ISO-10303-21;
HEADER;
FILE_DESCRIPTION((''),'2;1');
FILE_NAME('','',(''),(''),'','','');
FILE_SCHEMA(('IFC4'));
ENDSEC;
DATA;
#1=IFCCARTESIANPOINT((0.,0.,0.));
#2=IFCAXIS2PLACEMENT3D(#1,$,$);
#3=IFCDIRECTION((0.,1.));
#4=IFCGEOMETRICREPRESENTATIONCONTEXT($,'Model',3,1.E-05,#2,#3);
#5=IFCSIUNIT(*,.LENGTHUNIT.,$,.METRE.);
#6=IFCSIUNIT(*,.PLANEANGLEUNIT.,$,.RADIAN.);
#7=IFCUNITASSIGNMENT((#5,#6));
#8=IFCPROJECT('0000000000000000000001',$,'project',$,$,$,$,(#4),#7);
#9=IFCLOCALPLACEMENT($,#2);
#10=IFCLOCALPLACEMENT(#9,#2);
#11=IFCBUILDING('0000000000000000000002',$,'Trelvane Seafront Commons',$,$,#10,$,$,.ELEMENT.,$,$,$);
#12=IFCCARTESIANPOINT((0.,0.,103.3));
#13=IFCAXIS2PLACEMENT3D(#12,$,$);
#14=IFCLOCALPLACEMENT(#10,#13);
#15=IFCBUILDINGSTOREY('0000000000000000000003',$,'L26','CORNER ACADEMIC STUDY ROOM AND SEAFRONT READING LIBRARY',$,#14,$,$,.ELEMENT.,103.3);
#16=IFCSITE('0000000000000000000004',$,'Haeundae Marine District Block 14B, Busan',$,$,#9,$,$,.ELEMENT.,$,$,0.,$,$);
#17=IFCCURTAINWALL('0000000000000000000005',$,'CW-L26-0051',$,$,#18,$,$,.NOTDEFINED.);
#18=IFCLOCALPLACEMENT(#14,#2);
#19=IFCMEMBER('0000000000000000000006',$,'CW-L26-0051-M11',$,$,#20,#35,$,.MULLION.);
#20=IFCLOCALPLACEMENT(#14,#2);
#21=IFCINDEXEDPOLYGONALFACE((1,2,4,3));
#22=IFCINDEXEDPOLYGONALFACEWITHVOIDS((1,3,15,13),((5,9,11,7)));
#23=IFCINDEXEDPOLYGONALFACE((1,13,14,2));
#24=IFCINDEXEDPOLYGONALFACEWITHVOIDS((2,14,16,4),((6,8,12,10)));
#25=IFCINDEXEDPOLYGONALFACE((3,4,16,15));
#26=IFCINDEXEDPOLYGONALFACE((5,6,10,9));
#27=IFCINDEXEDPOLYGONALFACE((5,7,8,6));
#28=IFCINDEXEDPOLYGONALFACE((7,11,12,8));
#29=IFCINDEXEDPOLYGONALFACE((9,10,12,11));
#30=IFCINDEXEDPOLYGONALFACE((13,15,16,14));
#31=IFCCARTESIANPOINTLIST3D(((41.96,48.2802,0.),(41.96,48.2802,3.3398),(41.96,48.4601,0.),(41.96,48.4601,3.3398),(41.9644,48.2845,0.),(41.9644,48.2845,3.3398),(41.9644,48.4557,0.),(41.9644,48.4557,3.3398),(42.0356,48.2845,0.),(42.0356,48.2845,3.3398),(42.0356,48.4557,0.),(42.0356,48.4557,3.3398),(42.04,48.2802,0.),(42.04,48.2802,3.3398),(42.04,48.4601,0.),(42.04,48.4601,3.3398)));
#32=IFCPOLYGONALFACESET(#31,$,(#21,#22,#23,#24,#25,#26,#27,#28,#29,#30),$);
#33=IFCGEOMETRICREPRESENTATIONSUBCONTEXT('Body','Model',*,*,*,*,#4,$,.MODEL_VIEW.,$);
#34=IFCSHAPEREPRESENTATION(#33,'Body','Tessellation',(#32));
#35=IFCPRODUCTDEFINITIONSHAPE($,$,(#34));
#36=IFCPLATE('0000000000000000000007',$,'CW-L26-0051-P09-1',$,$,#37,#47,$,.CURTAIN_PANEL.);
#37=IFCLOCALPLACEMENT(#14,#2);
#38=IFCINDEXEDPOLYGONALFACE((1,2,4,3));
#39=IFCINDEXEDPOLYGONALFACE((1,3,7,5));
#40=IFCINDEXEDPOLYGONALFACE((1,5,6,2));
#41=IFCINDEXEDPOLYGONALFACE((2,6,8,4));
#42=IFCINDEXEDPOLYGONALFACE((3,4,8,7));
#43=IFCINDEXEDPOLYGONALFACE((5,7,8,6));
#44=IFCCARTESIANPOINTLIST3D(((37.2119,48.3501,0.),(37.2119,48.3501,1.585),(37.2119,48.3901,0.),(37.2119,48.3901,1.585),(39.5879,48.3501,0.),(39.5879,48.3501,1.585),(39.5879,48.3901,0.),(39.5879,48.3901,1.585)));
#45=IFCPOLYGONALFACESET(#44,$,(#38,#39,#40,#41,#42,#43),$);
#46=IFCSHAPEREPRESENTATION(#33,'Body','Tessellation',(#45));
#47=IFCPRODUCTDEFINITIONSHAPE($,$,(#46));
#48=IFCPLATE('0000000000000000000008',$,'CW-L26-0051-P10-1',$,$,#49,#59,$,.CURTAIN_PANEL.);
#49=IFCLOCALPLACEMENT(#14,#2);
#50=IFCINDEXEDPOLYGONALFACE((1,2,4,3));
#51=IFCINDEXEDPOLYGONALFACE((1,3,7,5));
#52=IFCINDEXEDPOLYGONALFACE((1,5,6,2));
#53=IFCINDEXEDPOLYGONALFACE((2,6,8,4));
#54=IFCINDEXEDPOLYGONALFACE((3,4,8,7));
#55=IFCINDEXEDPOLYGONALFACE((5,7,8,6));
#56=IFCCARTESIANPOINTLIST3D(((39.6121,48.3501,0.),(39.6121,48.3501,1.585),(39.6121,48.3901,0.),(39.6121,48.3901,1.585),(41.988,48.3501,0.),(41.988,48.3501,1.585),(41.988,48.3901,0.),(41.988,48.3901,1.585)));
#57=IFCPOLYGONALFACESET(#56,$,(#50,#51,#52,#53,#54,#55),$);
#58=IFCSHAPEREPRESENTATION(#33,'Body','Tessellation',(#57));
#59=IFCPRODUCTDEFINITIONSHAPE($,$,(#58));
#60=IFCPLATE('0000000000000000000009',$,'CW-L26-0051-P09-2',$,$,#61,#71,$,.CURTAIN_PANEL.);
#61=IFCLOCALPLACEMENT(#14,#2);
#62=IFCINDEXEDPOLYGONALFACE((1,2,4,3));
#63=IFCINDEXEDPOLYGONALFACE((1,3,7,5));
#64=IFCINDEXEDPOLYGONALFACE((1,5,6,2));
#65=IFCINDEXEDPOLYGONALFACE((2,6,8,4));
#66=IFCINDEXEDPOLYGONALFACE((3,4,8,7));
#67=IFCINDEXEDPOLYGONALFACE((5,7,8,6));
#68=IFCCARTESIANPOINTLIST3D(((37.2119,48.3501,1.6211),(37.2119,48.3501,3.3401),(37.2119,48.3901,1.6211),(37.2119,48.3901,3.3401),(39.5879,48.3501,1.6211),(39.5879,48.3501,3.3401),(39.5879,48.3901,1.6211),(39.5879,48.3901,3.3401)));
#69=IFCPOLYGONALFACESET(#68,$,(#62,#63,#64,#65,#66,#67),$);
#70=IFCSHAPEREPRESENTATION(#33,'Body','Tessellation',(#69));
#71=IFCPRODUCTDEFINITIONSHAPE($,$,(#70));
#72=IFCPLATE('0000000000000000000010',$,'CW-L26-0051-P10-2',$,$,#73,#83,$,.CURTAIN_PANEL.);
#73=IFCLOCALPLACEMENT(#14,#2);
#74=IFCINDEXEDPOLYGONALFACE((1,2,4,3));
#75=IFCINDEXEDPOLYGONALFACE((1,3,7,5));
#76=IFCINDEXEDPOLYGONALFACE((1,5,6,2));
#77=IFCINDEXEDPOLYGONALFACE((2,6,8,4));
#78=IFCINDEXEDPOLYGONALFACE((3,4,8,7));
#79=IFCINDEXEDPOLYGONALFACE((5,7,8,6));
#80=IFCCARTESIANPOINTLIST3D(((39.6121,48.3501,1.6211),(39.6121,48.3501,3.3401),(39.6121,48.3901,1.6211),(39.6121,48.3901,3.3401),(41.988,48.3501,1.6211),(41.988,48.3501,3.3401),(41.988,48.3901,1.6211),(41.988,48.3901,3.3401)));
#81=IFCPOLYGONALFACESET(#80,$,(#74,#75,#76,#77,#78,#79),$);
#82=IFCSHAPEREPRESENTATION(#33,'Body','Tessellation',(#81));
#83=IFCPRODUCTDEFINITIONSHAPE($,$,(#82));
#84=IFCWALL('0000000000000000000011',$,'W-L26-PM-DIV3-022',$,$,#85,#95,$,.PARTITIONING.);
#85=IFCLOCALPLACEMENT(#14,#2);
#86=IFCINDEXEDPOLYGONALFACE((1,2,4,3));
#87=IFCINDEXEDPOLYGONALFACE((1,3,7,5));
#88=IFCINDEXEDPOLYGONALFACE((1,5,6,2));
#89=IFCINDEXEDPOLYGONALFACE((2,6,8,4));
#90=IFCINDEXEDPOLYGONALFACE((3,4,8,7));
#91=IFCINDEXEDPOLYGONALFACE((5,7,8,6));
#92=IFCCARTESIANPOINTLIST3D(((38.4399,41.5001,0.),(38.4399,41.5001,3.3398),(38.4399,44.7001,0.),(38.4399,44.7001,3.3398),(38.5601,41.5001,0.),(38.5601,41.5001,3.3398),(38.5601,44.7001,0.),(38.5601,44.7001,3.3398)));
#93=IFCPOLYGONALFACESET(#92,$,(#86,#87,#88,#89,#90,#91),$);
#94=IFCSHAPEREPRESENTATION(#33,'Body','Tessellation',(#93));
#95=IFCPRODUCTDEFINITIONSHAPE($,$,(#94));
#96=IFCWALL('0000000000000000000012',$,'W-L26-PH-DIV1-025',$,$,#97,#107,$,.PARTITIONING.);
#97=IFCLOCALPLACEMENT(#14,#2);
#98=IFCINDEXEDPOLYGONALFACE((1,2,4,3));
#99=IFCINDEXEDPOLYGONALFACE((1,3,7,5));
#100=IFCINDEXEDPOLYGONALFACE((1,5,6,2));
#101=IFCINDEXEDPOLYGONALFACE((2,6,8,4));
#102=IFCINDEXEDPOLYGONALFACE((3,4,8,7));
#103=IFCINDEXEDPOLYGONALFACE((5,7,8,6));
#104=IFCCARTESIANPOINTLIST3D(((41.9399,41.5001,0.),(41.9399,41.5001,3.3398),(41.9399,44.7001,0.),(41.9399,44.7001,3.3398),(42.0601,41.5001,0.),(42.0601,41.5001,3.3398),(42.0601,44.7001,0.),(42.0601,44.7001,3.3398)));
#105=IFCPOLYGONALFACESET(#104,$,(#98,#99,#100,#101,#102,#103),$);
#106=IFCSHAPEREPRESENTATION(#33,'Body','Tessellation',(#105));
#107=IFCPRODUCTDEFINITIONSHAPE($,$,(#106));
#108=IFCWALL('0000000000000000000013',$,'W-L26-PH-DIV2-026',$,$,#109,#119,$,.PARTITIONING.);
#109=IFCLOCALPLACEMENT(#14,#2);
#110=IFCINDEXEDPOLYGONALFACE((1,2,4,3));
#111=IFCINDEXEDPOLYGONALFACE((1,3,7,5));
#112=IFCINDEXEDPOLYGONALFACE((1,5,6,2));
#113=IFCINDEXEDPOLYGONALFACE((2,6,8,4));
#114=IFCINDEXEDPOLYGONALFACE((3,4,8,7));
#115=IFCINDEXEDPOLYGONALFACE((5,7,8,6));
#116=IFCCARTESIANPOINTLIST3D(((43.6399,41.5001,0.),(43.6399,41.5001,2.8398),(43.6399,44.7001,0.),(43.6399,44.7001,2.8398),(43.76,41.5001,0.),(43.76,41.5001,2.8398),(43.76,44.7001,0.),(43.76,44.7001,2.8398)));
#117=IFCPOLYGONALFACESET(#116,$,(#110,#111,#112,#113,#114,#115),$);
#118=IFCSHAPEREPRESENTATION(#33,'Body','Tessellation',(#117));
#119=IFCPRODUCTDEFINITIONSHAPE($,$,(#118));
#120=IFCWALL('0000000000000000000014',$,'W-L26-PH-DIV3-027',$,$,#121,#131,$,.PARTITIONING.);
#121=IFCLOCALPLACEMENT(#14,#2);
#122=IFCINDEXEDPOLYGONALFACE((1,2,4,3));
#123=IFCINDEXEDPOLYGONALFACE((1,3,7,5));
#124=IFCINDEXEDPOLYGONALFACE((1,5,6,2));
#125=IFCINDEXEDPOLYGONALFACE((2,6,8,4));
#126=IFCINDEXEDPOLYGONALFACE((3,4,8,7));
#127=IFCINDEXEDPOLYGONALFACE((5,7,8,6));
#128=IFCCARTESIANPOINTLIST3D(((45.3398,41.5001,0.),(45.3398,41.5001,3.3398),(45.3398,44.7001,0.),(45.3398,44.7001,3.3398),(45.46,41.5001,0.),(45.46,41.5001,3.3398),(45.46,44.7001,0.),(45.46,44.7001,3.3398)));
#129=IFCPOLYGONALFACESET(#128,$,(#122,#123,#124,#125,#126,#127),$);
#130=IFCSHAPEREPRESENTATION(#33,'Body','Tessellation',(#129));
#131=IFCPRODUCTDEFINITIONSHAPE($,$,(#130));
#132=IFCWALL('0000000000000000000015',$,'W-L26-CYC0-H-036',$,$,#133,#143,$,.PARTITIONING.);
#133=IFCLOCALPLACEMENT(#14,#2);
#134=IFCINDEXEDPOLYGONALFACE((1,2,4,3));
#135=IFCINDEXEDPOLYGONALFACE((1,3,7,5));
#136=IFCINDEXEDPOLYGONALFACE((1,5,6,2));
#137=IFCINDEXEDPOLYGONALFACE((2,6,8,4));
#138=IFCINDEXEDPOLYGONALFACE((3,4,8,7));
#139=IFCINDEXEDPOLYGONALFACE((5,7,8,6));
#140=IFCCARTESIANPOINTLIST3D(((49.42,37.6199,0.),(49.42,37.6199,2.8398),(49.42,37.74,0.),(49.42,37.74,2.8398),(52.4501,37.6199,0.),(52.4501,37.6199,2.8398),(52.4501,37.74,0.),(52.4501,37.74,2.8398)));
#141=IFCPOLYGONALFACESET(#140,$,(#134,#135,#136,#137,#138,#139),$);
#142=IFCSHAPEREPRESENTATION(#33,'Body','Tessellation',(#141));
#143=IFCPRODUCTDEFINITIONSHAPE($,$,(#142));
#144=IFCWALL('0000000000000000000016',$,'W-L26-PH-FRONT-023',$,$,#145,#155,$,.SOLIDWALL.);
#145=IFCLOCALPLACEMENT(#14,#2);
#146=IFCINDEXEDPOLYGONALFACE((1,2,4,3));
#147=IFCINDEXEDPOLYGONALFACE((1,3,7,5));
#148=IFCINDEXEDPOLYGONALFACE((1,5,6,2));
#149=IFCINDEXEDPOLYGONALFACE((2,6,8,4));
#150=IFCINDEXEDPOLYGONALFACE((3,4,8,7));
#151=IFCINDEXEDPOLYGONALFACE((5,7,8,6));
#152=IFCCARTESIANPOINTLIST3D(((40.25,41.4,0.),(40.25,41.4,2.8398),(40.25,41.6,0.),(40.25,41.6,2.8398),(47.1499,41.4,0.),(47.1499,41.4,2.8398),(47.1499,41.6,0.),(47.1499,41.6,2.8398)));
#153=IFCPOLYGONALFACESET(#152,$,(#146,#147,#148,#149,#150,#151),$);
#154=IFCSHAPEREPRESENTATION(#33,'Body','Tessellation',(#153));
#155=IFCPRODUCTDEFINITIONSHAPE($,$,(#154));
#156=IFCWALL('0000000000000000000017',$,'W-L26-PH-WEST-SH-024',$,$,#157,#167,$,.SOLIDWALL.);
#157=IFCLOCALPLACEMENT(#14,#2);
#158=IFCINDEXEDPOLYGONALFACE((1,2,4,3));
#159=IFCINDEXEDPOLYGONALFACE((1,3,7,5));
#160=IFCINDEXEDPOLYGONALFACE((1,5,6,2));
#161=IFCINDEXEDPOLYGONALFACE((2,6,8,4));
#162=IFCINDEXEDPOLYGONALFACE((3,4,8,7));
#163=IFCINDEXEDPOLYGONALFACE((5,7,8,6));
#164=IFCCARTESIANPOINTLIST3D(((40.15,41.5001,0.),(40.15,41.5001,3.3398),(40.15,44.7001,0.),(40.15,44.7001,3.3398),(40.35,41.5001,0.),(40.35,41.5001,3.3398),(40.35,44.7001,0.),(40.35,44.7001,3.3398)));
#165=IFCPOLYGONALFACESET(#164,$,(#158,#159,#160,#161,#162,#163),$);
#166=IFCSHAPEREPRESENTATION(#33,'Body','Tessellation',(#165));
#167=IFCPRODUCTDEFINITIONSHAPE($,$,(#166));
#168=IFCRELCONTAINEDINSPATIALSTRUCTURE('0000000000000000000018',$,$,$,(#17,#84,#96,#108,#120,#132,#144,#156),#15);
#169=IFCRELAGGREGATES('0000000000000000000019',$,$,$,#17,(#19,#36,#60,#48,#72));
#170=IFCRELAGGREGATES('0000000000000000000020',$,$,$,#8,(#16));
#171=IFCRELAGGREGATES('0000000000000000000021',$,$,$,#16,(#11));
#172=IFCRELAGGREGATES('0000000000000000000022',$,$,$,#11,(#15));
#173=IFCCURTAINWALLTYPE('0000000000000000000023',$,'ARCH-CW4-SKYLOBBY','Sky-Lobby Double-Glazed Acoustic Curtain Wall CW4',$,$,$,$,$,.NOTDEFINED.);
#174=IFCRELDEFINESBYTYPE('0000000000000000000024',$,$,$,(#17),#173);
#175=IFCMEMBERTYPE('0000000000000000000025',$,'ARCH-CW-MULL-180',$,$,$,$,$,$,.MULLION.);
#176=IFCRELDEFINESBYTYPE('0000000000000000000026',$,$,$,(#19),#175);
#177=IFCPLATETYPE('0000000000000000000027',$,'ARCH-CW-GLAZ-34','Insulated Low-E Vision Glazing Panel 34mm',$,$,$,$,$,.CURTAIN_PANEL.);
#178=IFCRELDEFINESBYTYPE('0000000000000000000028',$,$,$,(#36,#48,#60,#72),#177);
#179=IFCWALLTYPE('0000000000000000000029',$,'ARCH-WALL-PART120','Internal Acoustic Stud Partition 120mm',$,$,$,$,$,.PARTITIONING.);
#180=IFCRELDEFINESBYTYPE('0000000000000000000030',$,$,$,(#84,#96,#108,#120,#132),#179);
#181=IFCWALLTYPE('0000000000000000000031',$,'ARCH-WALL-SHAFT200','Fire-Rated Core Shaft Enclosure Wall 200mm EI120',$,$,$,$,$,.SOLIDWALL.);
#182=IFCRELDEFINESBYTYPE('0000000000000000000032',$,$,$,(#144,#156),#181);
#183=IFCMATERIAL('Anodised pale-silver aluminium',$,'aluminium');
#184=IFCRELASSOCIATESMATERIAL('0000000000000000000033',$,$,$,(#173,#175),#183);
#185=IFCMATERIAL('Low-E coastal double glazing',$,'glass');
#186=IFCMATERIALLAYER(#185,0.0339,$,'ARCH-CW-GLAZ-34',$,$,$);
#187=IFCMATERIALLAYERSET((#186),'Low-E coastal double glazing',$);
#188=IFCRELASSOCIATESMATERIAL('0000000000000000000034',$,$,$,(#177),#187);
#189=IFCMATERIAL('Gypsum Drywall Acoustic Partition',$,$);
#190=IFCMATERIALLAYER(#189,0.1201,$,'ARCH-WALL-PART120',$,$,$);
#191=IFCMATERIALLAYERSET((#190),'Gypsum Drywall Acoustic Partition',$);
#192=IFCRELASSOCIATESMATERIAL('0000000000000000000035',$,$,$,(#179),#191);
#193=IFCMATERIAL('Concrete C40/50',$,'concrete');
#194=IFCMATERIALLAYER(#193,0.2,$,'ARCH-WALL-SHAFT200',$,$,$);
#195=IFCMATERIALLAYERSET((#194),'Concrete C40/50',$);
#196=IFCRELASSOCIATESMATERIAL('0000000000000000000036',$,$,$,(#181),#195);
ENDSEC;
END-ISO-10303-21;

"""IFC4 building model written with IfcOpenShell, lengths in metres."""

from ifc_helpers import new_model, si_unit, direction, frame, frame_2d, origin, origin_2d, place, context, subcontext, project, spatial, rectangle, hollow_rectangle, extrude, source, transform, mapped, material, layer, layer_set, material_profile, profile_set, type_object, element, aggregate, save


model = new_model("IFC4")

# Units and contexts
model_context = context("Model", 3, precision=1e-05, world=origin(), true_north=direction((0.0, 1.0)))
body_context = subcontext(model_context, "Body", "Model", "MODEL_VIEW")
ifc_project = project(units=[si_unit("LENGTHUNIT", "METRE"), si_unit("PLANEANGLEUNIT", "RADIAN")], contexts=[model_context])

# Site, building, storey
site_placement = place(None, origin())
site = spatial("IfcSite", under=ifc_project, at=site_placement, Name="Haeundae Marine District Block 14B, Busan", CompositionType="ELEMENT", RefElevation=0.0)
building_placement = place(site_placement, origin())
building = spatial("IfcBuilding", under=site, at=building_placement, Name="Trelvane Seafront Commons", CompositionType="ELEMENT")
storey_placement = place(building_placement, frame((0.0, 0.0, 103.3)))
storey = spatial("IfcBuildingStorey", under=building, at=storey_placement, Name="L26", Description="CORNER ACADEMIC STUDY ROOM AND SEAFRONT READING LIBRARY", CompositionType="ELEMENT", Elevation=103.3)

# Curtain wall, member, plates
ifc_material_1 = material(Name="Anodised pale-silver aluminium", Category="aluminium")
curtain_wall_type = type_object("IfcCurtainWallType", Name="ARCH-CW4-SKYLOBBY", Description="Sky-Lobby Double-Glazed Acoustic Curtain Wall CW4", PredefinedType="NOTDEFINED", material=ifc_material_1)
curtain_wall_placement = place(storey_placement, origin())
curtain_wall = element("IfcCurtainWall", 1, at=curtain_wall_placement, inside=storey, type_object=curtain_wall_type, Name="CW-L26-0051", PredefinedType="NOTDEFINED")
ifc_material_profile_1 = material_profile(ifc_material_1, hollow_rectangle(XDim=0.0801, YDim=0.1799, WallThickness=0.0044, at=origin_2d()), Name="MULL-80x180x4.5")
ifc_profile_set_1 = profile_set([ifc_material_profile_1], Name="Anodised pale-silver aluminium")
member_type_1 = type_object("IfcMemberType", Name="ARCH-CW-MULL-180", PredefinedType="MULLION", material=ifc_profile_set_1)
shared_shape_1 = source(origin(), body_context, "Body", "SweptSolid", [
    extrude(hollow_rectangle(XDim=0.0801, YDim=0.1799, WallThickness=0.0044, at=origin_2d()), origin(), (0.0, 0.0, 1.0), 3.3398),
])
member_1_placement = place(storey_placement, frame((42.0, 48.3701, 0.0), z_axis=(0.0, 0.0, 1.0), x_axis=(1.0, 0.0, 0.0)))
member_1 = element("IfcMember", 2, at=member_1_placement, type_object=member_type_1, Name="CW-L26-0051-M11", PredefinedType="MULLION", context=body_context, shape_type="MappedRepresentation", body=[
    mapped(shared_shape_1, transform((0.0, 0.0, 0.0), x_axis=(1.0, 0.0, 0.0), y_axis=(0.0, 1.0, 0.0), z_axis=(0.0, 0.0, 1.0), scale=1.0)),
])
ifc_material_2 = material(Name="Low-E coastal double glazing", Category="glass")
ifc_layer_1 = layer(ifc_material_2, 0.0339, Name="ARCH-CW-GLAZ-34")
ifc_layer_set_1 = layer_set([ifc_layer_1], Name="Low-E coastal double glazing")
plate_type = type_object("IfcPlateType", Name="ARCH-CW-GLAZ-34", Description="Insulated Low-E Vision Glazing Panel 34mm", PredefinedType="CURTAIN_PANEL", material=ifc_layer_set_1)
shared_shape_2 = source(origin(), body_context, "Body", "SweptSolid", [
    extrude(rectangle(XDim=2.376, YDim=0.04, at=origin_2d()), origin(), (0.0, 0.0, 1.0), 1.585),
])
plate_1_placement = place(storey_placement, frame((38.3999, 48.3701, 0.0), z_axis=(0.0, 0.0, 1.0), x_axis=(1.0, 0.0, 0.0)))
plate_1 = element("IfcPlate", 3, at=plate_1_placement, type_object=plate_type, Name="CW-L26-0051-P09-1", PredefinedType="CURTAIN_PANEL", context=body_context, shape_type="MappedRepresentation", body=[
    mapped(shared_shape_2, transform((0.0, 0.0, 0.0), x_axis=(1.0, 0.0, 0.0), y_axis=(0.0, 1.0, 0.0), z_axis=(0.0, 0.0, 1.0), scale=1.0)),
])
plate_2_placement = place(storey_placement, frame((40.8, 48.3701, 0.0), z_axis=(0.0, 0.0, 1.0), x_axis=(1.0, 0.0, 0.0)))
plate_2 = element("IfcPlate", 4, at=plate_2_placement, type_object=plate_type, Name="CW-L26-0051-P10-1", PredefinedType="CURTAIN_PANEL", context=body_context, shape_type="MappedRepresentation", body=[
    mapped(shared_shape_2, transform((0.0, 0.0, 0.0), x_axis=(1.0, 0.0, 0.0), y_axis=(0.0, 1.0, 0.0), z_axis=(0.0, 0.0, 1.0), scale=1.0)),
])
shared_shape_3 = source(origin(), body_context, "Body", "SweptSolid", [
    extrude(rectangle(XDim=2.376, YDim=0.04, at=origin_2d()), origin(), (0.0, 0.0, 1.0), 1.719),
])
plate_3_placement = place(storey_placement, frame((38.3999, 48.3701, 1.6211), z_axis=(0.0, 0.0, 1.0), x_axis=(1.0, 0.0, 0.0)))
plate_3 = element("IfcPlate", 5, at=plate_3_placement, type_object=plate_type, Name="CW-L26-0051-P09-2", PredefinedType="CURTAIN_PANEL", context=body_context, shape_type="MappedRepresentation", body=[
    mapped(shared_shape_3, transform((0.0, 0.0, 0.0), x_axis=(1.0, 0.0, 0.0), y_axis=(0.0, 1.0, 0.0), z_axis=(0.0, 0.0, 1.0), scale=1.0)),
])
plate_4_placement = place(storey_placement, frame((40.8, 48.3701, 1.6211), z_axis=(0.0, 0.0, 1.0), x_axis=(1.0, 0.0, 0.0)))
plate_4 = element("IfcPlate", 6, at=plate_4_placement, type_object=plate_type, Name="CW-L26-0051-P10-2", PredefinedType="CURTAIN_PANEL", context=body_context, shape_type="MappedRepresentation", body=[
    mapped(shared_shape_3, transform((0.0, 0.0, 0.0), x_axis=(1.0, 0.0, 0.0), y_axis=(0.0, 1.0, 0.0), z_axis=(0.0, 0.0, 1.0), scale=1.0)),
])
aggregate(curtain_wall, [member_1, plate_1, plate_3, plate_2, plate_4])

# Walls
ifc_material_3 = material(Name="Gypsum Drywall Acoustic Partition")
ifc_layer_2 = layer(ifc_material_3, 0.1201, Name="ARCH-WALL-PART120")
ifc_layer_set_2 = layer_set([ifc_layer_2], Name="Gypsum Drywall Acoustic Partition")
wall_type_1 = type_object("IfcWallType", Name="ARCH-WALL-PART120", Description="Internal Acoustic Stud Partition 120mm", PredefinedType="PARTITIONING", material=ifc_layer_set_2)
for number, where, z_axis, x_axis, name in (
    (7, (38.5, 41.5, 0.0), (0.0, 0.0, 1.0), (0.0, 1.0, 0.0), "W-L26-PM-DIV3-022"),
    (8, (42.0, 41.5, 0.0), (0.0, 0.0, 1.0), (0.0, 1.0, 0.0), "W-L26-PH-DIV1-025"),
):
    element("IfcWall", number, at=place(storey_placement, frame(where, z_axis=z_axis, x_axis=x_axis)), inside=storey, type_object=wall_type_1, Name=name, PredefinedType="PARTITIONING", context=body_context, shape_type="SweptSolid", body=[
        extrude(rectangle(XDim=3.2, YDim=0.1201, at=frame_2d((1.6001, 0.0))), origin(), (0.0, 0.0, 1.0), 3.3398),
    ])
wall_1_placement = place(storey_placement, frame((43.7, 41.5, 0.0), z_axis=(0.0, 0.0, 1.0), x_axis=(0.0, 1.0, 0.0)))
element("IfcWall", 9, at=wall_1_placement, inside=storey, type_object=wall_type_1, Name="W-L26-PH-DIV2-026", PredefinedType="PARTITIONING", context=body_context, shape_type="SweptSolid", body=[
    extrude(rectangle(XDim=3.2, YDim=0.1201, at=frame_2d((1.6001, 0.0))), origin(), (0.0, 0.0, 1.0), 2.8398),
])
wall_2_placement = place(storey_placement, frame((45.3999, 41.5, 0.0), z_axis=(0.0, 0.0, 1.0), x_axis=(0.0, 1.0, 0.0)))
element("IfcWall", 10, at=wall_2_placement, inside=storey, type_object=wall_type_1, Name="W-L26-PH-DIV3-027", PredefinedType="PARTITIONING", context=body_context, shape_type="SweptSolid", body=[
    extrude(rectangle(XDim=3.2, YDim=0.1201, at=frame_2d((1.6001, 0.0))), origin(), (0.0, 0.0, 1.0), 3.3398),
])
wall_3_placement = place(storey_placement, frame((49.4199, 37.6799, 0.0), z_axis=(0.0, 0.0, 1.0), x_axis=(1.0, 0.0, 0.0)))
element("IfcWall", 11, at=wall_3_placement, inside=storey, type_object=wall_type_1, Name="W-L26-CYC0-H-036", PredefinedType="PARTITIONING", context=body_context, shape_type="SweptSolid", body=[
    extrude(rectangle(XDim=3.03, YDim=0.1201, at=frame_2d((1.5151, 0.0))), origin(), (0.0, 0.0, 1.0), 2.8398),
])

# Walls
ifc_material_4 = material(Name="Concrete C40/50", Category="concrete")
ifc_layer_3 = layer(ifc_material_4, 0.2, Name="ARCH-WALL-SHAFT200")
ifc_layer_set_3 = layer_set([ifc_layer_3], Name="Concrete C40/50")
wall_type_2 = type_object("IfcWallType", Name="ARCH-WALL-SHAFT200", Description="Fire-Rated Core Shaft Enclosure Wall 200mm EI120", PredefinedType="SOLIDWALL", material=ifc_layer_set_3)
wall_4_placement = place(storey_placement, frame((40.25, 41.5, 0.0), z_axis=(0.0, 0.0, 1.0), x_axis=(1.0, 0.0, 0.0)))
element("IfcWall", 12, at=wall_4_placement, inside=storey, type_object=wall_type_2, Name="W-L26-PH-FRONT-023", PredefinedType="SOLIDWALL", context=body_context, shape_type="SweptSolid", body=[
    extrude(rectangle(XDim=6.8999, YDim=0.2, at=frame_2d((3.45, 0.0))), origin(), (0.0, 0.0, 1.0), 2.8398),
])
wall_5_placement = place(storey_placement, frame((40.25, 41.5, 0.0), z_axis=(0.0, 0.0, 1.0), x_axis=(0.0, 1.0, 0.0)))
element("IfcWall", 13, at=wall_5_placement, inside=storey, type_object=wall_type_2, Name="W-L26-PH-WEST-SH-024", PredefinedType="SOLIDWALL", context=body_context, shape_type="SweptSolid", body=[
    extrude(rectangle(XDim=3.2, YDim=0.2, at=frame_2d((1.6001, 0.0))), origin(), (0.0, 0.0, 1.0), 3.3398),
])

save(model, "model.ifc")
